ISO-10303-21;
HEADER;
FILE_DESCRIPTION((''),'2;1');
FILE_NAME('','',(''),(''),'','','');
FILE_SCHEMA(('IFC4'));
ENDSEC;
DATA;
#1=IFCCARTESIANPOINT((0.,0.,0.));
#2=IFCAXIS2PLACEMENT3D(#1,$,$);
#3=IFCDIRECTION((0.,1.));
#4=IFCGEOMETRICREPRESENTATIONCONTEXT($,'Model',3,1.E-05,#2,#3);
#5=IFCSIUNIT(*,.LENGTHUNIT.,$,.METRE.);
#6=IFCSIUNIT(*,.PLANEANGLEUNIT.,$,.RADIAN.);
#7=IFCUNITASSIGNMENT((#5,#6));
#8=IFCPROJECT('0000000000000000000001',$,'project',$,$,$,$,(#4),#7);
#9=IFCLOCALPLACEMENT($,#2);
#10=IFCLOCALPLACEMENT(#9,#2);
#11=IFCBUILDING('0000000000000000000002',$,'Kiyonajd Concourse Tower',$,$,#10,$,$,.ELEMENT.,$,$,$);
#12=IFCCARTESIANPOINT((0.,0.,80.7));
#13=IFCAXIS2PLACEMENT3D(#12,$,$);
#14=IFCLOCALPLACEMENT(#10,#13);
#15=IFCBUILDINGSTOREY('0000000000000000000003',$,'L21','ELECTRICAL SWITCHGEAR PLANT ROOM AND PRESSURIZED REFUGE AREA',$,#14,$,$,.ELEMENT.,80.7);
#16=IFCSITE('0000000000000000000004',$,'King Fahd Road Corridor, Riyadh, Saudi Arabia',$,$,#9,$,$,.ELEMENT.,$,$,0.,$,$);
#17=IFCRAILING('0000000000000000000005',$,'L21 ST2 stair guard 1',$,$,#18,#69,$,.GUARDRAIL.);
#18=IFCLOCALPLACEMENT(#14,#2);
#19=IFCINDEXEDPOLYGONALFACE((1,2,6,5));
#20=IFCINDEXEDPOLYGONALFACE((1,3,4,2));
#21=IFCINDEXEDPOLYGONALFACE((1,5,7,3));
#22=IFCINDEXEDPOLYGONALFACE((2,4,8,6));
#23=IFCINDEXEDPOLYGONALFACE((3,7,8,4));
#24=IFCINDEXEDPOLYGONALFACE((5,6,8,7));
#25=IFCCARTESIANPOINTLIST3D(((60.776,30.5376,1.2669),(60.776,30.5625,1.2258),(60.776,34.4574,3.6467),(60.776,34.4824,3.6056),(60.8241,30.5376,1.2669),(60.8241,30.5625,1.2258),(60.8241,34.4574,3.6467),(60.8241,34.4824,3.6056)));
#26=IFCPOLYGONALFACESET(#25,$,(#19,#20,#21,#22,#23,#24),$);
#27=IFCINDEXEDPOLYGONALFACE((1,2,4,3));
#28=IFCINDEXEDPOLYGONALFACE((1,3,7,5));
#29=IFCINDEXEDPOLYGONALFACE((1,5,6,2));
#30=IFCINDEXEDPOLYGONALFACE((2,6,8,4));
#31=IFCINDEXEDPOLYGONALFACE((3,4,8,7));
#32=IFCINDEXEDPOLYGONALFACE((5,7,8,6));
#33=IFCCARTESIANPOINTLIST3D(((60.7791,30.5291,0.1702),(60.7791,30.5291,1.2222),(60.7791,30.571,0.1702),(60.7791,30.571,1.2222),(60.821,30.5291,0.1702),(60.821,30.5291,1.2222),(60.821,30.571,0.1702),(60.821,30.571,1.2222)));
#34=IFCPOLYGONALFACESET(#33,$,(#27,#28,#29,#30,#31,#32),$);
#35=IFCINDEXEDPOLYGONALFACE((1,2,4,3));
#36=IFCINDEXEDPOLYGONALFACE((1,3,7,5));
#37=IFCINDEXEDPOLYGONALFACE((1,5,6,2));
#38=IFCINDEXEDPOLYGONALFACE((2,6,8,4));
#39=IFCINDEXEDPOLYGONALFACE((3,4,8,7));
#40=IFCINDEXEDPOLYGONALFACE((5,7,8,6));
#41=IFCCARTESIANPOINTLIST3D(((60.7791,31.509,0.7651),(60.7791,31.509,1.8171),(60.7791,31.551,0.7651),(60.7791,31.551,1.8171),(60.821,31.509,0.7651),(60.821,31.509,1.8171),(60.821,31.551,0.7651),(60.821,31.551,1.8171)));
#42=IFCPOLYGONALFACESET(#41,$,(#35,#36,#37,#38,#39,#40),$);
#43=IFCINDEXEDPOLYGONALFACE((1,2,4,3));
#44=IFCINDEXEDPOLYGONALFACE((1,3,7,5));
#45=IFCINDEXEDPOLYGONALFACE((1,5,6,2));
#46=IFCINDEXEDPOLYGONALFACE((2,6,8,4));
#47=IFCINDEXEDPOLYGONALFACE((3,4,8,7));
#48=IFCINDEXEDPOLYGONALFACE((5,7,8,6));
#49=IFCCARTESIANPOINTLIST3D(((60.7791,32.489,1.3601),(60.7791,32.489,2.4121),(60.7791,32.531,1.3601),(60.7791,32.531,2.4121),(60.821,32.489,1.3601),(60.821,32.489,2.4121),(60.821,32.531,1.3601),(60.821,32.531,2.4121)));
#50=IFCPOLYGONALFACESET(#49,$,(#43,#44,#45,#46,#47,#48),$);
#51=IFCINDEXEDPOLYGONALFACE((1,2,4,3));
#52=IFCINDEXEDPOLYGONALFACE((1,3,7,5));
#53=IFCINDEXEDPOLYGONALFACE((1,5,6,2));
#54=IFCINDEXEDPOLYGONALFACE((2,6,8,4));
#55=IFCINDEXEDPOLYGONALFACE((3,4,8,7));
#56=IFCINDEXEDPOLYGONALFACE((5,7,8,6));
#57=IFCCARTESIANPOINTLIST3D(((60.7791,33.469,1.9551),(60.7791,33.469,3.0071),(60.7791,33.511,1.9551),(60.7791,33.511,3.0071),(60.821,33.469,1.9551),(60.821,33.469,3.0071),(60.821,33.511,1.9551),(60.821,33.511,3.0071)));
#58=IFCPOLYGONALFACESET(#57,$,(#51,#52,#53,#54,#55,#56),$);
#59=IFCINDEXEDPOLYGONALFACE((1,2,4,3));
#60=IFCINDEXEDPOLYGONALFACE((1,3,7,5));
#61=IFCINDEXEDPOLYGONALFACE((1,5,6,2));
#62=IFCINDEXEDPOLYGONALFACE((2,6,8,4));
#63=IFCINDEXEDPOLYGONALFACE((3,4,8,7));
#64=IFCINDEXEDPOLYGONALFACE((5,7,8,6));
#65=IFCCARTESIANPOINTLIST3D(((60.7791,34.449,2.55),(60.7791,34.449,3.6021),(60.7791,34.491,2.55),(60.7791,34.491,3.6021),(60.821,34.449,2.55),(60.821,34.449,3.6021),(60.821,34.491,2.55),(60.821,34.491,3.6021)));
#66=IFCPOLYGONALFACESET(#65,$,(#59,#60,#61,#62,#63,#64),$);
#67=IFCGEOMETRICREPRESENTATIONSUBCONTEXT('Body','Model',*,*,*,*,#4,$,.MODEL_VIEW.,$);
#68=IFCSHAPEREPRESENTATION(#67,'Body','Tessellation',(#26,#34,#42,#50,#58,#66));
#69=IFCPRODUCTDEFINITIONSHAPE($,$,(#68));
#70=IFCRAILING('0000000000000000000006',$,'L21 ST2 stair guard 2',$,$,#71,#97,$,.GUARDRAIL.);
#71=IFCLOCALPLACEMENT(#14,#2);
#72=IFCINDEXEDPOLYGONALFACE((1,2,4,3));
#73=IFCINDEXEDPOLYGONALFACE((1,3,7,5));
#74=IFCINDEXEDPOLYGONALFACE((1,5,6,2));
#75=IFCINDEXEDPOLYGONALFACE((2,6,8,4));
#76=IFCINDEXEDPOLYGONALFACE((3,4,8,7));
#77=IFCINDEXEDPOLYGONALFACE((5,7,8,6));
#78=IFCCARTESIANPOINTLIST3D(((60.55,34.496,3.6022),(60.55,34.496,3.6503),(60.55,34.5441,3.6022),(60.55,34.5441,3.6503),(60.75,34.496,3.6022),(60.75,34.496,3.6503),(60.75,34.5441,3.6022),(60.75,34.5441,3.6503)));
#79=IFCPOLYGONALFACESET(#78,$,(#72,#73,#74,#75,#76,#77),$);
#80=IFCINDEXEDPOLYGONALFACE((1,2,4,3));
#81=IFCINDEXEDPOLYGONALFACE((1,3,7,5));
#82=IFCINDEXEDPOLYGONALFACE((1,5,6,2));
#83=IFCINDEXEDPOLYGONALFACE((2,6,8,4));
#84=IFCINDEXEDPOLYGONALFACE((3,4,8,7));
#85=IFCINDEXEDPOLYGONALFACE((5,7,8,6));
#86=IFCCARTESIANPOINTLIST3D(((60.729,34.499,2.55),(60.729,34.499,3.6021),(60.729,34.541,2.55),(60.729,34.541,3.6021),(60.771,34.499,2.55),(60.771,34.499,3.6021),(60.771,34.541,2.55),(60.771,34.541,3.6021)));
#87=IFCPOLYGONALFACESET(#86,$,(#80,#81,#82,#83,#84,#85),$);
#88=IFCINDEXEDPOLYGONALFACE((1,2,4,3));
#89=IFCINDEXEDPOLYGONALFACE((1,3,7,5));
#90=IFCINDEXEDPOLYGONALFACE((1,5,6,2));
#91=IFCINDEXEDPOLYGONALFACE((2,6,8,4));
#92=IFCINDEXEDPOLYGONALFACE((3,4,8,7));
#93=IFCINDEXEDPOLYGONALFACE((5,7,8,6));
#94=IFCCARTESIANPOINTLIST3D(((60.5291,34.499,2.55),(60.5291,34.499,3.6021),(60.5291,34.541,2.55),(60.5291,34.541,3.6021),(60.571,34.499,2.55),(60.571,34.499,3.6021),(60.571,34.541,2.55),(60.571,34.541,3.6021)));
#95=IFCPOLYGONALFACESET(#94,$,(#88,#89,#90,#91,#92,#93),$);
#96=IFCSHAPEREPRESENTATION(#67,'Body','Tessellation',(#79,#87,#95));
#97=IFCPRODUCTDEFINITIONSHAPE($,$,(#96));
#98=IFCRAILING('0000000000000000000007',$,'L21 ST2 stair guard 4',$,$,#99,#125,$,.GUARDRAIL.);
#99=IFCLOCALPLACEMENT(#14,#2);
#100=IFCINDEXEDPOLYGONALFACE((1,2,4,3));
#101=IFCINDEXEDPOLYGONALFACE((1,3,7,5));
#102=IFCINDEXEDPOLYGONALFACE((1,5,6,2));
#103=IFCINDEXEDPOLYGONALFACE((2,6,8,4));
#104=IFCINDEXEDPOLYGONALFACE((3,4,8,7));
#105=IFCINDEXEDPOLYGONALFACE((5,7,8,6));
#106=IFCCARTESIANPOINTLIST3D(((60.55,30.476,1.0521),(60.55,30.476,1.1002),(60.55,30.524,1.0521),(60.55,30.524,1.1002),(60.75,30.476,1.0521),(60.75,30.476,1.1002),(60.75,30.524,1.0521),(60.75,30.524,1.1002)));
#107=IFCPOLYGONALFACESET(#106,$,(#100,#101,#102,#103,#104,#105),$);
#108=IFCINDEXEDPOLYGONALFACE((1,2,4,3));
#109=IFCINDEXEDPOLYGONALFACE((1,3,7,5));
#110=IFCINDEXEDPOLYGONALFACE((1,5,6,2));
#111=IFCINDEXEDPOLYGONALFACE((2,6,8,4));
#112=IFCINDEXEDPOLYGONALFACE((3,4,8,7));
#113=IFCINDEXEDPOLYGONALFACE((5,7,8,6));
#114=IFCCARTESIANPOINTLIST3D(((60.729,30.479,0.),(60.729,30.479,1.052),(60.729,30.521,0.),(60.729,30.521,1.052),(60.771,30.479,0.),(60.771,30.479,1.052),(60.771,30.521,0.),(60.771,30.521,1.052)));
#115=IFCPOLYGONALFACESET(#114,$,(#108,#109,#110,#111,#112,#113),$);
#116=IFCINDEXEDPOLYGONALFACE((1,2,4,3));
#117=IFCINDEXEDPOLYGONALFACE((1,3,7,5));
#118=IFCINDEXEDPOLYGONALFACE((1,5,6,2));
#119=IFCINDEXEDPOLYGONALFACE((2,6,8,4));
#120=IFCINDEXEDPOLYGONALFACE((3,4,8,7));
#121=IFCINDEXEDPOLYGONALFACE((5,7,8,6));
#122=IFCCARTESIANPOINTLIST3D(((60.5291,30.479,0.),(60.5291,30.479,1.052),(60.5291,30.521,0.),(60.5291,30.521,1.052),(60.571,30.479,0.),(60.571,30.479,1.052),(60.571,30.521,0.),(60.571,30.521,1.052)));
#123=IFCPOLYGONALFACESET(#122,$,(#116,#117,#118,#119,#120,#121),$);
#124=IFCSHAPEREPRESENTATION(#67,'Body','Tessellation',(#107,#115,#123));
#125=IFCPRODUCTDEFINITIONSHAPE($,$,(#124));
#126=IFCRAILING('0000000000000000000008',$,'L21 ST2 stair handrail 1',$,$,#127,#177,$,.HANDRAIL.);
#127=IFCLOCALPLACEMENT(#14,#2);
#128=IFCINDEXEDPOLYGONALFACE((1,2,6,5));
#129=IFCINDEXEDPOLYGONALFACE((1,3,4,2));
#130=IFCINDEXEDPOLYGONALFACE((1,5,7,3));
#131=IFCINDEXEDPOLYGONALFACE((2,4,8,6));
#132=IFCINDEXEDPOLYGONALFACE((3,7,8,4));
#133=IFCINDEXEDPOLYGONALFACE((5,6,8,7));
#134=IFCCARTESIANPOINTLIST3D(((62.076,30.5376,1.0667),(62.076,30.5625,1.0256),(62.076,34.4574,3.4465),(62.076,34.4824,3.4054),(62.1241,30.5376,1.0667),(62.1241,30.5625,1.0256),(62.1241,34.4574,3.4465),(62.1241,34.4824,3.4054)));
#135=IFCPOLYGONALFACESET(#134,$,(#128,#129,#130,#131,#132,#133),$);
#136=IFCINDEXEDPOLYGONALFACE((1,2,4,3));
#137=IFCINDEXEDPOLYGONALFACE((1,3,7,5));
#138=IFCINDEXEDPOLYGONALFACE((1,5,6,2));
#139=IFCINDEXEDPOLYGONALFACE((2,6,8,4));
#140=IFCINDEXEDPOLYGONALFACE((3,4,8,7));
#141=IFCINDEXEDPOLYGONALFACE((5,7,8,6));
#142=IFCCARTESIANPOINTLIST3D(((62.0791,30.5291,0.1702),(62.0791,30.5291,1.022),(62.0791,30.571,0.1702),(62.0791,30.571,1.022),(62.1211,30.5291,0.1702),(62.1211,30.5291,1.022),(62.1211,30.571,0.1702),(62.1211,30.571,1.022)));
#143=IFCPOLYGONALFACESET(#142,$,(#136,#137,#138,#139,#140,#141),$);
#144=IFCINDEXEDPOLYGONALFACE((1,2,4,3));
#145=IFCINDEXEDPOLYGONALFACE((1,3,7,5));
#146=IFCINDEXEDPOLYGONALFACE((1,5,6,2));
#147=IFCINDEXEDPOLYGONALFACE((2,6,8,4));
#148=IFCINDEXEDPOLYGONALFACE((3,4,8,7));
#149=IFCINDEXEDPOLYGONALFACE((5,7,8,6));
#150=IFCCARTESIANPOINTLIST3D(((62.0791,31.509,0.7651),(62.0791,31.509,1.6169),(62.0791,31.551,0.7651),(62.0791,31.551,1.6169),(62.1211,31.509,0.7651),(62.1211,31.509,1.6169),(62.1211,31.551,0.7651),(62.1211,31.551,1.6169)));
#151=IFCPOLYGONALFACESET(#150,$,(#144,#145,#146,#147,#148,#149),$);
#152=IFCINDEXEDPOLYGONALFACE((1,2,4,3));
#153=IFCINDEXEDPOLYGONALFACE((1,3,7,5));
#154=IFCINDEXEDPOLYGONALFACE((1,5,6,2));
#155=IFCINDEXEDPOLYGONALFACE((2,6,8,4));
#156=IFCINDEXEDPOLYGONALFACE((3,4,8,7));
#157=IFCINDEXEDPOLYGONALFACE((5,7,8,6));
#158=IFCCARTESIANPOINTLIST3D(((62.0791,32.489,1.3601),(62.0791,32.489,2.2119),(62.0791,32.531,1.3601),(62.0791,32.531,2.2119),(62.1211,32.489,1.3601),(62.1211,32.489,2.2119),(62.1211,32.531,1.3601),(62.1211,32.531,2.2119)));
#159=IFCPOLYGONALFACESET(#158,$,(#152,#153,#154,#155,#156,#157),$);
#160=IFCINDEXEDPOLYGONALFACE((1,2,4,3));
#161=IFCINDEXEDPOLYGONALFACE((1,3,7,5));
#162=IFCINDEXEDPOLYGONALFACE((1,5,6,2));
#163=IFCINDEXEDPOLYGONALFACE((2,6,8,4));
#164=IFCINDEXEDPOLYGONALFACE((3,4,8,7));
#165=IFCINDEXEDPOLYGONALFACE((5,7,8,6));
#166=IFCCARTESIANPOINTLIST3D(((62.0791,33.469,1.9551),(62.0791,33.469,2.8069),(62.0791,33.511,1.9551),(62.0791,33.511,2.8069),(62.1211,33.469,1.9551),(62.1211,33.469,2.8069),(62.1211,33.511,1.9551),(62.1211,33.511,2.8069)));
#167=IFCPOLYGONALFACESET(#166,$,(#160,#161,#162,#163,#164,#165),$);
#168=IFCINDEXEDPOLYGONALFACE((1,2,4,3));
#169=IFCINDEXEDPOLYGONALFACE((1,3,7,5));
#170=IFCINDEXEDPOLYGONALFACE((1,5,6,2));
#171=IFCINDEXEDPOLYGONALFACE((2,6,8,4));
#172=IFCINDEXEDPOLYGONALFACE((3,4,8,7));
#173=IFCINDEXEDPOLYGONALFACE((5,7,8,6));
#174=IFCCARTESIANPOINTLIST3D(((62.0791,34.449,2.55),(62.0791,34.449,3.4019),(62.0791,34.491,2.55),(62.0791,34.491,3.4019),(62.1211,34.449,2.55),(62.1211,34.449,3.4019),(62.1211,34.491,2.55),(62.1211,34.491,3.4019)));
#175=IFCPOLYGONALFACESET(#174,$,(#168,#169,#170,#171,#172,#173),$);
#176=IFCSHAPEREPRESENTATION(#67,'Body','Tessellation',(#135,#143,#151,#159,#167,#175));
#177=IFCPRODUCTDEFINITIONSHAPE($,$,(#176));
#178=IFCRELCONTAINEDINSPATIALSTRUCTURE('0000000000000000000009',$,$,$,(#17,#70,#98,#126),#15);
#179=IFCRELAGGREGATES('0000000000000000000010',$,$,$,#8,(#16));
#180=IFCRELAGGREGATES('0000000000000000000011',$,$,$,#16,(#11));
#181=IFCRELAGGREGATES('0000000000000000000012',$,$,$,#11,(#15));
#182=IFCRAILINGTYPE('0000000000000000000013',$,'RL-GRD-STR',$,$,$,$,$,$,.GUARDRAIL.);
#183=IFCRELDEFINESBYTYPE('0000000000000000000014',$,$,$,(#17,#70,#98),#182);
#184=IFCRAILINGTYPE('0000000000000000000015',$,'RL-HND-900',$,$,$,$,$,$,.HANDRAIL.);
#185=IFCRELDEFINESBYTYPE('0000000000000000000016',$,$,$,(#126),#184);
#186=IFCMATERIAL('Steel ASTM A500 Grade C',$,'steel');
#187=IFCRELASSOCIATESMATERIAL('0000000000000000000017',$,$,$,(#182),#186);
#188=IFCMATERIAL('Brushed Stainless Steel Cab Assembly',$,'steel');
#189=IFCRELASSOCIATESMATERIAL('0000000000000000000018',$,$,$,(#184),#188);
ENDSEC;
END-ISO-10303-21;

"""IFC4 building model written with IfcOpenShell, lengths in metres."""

from ifc_helpers import new_model, si_unit, direction, frame, origin, origin_2d, place, context, subcontext, project, spatial, rectangle, extrude, material, type_object, element, save


model = new_model("IFC4")

# Units and contexts
model_context = context("Model", 3, precision=1e-05, world=origin(), true_north=direction((0.0, 1.0)))
body_context = subcontext(model_context, "Body", "Model", "MODEL_VIEW")
ifc_project = project(units=[si_unit("LENGTHUNIT", "METRE"), si_unit("PLANEANGLEUNIT", "RADIAN")], contexts=[model_context])

# Site, building, storey
site_placement = place(None, origin())
site = spatial("IfcSite", under=ifc_project, at=site_placement, Name="King Fahd Road Corridor, Riyadh, Saudi Arabia", CompositionType="ELEMENT", RefElevation=0.0)
building_placement = place(site_placement, origin())
building = spatial("IfcBuilding", under=site, at=building_placement, Name="Kiyonajd Concourse Tower", CompositionType="ELEMENT")
storey_placement = place(building_placement, frame((0.0, 0.0, 80.7)))
storey = spatial("IfcBuildingStorey", under=building, at=storey_placement, Name="L21", Description="ELECTRICAL SWITCHGEAR PLANT ROOM AND PRESSURIZED REFUGE AREA", CompositionType="ELEMENT", Elevation=80.7)

# Shared definitions
ifc_material_1 = material(Name="Steel ASTM A500 Grade C", Category="steel")

# Railings
railing_type_1 = type_object("IfcRailingType", Name="RL-GRD-STR", PredefinedType="GUARDRAIL", material=ifc_material_1)
railing_1_placement = place(storey_placement, frame((60.8, 30.55, 0.1702)))
element("IfcRailing", 1, at=railing_1_placement, inside=storey, type_object=railing_type_1, Name="L21 ST2 stair guard 1", PredefinedType="GUARDRAIL", context=body_context, shape_type="SweptSolid", body=[
    extrude(rectangle(XDim=0.0481, YDim=0.0481, at=origin_2d()), frame((0.0, 0.0, 1.0762), z_axis=(0.0, 0.854794, 0.518967), x_axis=(-1.0, 0.0, 0.0)), (0.0, 0.0, 1.0), 4.5857),
    extrude(rectangle(XDim=0.042, YDim=0.042, at=origin_2d()), origin(), (0.0, 0.0, 1.0), 1.052),
    extrude(rectangle(XDim=0.042, YDim=0.042, at=origin_2d()), frame((0.0, 0.98, 0.595)), (0.0, 0.0, 1.0), 1.052),
    extrude(rectangle(XDim=0.042, YDim=0.042, at=origin_2d()), frame((0.0, 1.96, 1.1899)), (0.0, 0.0, 1.0), 1.052),
    extrude(rectangle(XDim=0.042, YDim=0.042, at=origin_2d()), frame((0.0, 2.9399, 1.7849)), (0.0, 0.0, 1.0), 1.052),
    extrude(rectangle(XDim=0.042, YDim=0.042, at=origin_2d()), frame((0.0, 3.9199, 2.3799)), (0.0, 0.0, 1.0), 1.052),
])
for number, where, name in (
    (2, (60.75, 34.52, 2.55), "L21 ST2 stair guard 2"),
    (3, (60.75, 30.5, 0.0), "L21 ST2 stair guard 4"),
):
    element("IfcRailing", number, at=place(storey_placement, frame(where)), inside=storey, type_object=railing_type_1, Name=name, PredefinedType="GUARDRAIL", context=body_context, shape_type="SweptSolid", body=[
        extrude(rectangle(XDim=0.0481, YDim=0.0481, at=origin_2d()), frame((0.0, 0.0, 1.0762), z_axis=(-1.0, 0.0, 0.0), x_axis=(0.0, -1.0, 0.0)), (0.0, 0.0, 1.0), 0.2),
        extrude(rectangle(XDim=0.042, YDim=0.042, at=origin_2d()), origin(), (0.0, 0.0, 1.0), 1.052),
        extrude(rectangle(XDim=0.042, YDim=0.042, at=origin_2d()), frame((-0.2, 0.0, 0.0)), (0.0, 0.0, 1.0), 1.052),
    ])
ifc_material_2 = material(Name="Brushed Stainless Steel Cab Assembly", Category="steel")
railing_type_2 = type_object("IfcRailingType", Name="RL-HND-900", PredefinedType="HANDRAIL", material=ifc_material_2)
railing_2_placement = place(storey_placement, frame((62.1001, 30.55, 0.1702)))
element("IfcRailing", 4, at=railing_2_placement, inside=storey, type_object=railing_type_2, Name="L21 ST2 stair handrail 1", PredefinedType="HANDRAIL", context=body_context, shape_type="SweptSolid", body=[
    extrude(rectangle(XDim=0.0481, YDim=0.0481, at=origin_2d()), frame((0.0, 0.0, 0.876), z_axis=(0.0, 0.854794, 0.518967), x_axis=(-1.0, 0.0, 0.0)), (0.0, 0.0, 1.0), 4.5857),
    extrude(rectangle(XDim=0.042, YDim=0.042, at=origin_2d()), origin(), (0.0, 0.0, 1.0), 0.8518),
    extrude(rectangle(XDim=0.042, YDim=0.042, at=origin_2d()), frame((0.0, 0.98, 0.595)), (0.0, 0.0, 1.0), 0.8518),
    extrude(rectangle(XDim=0.042, YDim=0.042, at=origin_2d()), frame((0.0, 1.96, 1.1899)), (0.0, 0.0, 1.0), 0.8518),
    extrude(rectangle(XDim=0.042, YDim=0.042, at=origin_2d()), frame((0.0, 2.9399, 1.7849)), (0.0, 0.0, 1.0), 0.8518),
    extrude(rectangle(XDim=0.042, YDim=0.042, at=origin_2d()), frame((0.0, 3.9199, 2.3799)), (0.0, 0.0, 1.0), 0.8518),
])

save(model, "model.ifc")
